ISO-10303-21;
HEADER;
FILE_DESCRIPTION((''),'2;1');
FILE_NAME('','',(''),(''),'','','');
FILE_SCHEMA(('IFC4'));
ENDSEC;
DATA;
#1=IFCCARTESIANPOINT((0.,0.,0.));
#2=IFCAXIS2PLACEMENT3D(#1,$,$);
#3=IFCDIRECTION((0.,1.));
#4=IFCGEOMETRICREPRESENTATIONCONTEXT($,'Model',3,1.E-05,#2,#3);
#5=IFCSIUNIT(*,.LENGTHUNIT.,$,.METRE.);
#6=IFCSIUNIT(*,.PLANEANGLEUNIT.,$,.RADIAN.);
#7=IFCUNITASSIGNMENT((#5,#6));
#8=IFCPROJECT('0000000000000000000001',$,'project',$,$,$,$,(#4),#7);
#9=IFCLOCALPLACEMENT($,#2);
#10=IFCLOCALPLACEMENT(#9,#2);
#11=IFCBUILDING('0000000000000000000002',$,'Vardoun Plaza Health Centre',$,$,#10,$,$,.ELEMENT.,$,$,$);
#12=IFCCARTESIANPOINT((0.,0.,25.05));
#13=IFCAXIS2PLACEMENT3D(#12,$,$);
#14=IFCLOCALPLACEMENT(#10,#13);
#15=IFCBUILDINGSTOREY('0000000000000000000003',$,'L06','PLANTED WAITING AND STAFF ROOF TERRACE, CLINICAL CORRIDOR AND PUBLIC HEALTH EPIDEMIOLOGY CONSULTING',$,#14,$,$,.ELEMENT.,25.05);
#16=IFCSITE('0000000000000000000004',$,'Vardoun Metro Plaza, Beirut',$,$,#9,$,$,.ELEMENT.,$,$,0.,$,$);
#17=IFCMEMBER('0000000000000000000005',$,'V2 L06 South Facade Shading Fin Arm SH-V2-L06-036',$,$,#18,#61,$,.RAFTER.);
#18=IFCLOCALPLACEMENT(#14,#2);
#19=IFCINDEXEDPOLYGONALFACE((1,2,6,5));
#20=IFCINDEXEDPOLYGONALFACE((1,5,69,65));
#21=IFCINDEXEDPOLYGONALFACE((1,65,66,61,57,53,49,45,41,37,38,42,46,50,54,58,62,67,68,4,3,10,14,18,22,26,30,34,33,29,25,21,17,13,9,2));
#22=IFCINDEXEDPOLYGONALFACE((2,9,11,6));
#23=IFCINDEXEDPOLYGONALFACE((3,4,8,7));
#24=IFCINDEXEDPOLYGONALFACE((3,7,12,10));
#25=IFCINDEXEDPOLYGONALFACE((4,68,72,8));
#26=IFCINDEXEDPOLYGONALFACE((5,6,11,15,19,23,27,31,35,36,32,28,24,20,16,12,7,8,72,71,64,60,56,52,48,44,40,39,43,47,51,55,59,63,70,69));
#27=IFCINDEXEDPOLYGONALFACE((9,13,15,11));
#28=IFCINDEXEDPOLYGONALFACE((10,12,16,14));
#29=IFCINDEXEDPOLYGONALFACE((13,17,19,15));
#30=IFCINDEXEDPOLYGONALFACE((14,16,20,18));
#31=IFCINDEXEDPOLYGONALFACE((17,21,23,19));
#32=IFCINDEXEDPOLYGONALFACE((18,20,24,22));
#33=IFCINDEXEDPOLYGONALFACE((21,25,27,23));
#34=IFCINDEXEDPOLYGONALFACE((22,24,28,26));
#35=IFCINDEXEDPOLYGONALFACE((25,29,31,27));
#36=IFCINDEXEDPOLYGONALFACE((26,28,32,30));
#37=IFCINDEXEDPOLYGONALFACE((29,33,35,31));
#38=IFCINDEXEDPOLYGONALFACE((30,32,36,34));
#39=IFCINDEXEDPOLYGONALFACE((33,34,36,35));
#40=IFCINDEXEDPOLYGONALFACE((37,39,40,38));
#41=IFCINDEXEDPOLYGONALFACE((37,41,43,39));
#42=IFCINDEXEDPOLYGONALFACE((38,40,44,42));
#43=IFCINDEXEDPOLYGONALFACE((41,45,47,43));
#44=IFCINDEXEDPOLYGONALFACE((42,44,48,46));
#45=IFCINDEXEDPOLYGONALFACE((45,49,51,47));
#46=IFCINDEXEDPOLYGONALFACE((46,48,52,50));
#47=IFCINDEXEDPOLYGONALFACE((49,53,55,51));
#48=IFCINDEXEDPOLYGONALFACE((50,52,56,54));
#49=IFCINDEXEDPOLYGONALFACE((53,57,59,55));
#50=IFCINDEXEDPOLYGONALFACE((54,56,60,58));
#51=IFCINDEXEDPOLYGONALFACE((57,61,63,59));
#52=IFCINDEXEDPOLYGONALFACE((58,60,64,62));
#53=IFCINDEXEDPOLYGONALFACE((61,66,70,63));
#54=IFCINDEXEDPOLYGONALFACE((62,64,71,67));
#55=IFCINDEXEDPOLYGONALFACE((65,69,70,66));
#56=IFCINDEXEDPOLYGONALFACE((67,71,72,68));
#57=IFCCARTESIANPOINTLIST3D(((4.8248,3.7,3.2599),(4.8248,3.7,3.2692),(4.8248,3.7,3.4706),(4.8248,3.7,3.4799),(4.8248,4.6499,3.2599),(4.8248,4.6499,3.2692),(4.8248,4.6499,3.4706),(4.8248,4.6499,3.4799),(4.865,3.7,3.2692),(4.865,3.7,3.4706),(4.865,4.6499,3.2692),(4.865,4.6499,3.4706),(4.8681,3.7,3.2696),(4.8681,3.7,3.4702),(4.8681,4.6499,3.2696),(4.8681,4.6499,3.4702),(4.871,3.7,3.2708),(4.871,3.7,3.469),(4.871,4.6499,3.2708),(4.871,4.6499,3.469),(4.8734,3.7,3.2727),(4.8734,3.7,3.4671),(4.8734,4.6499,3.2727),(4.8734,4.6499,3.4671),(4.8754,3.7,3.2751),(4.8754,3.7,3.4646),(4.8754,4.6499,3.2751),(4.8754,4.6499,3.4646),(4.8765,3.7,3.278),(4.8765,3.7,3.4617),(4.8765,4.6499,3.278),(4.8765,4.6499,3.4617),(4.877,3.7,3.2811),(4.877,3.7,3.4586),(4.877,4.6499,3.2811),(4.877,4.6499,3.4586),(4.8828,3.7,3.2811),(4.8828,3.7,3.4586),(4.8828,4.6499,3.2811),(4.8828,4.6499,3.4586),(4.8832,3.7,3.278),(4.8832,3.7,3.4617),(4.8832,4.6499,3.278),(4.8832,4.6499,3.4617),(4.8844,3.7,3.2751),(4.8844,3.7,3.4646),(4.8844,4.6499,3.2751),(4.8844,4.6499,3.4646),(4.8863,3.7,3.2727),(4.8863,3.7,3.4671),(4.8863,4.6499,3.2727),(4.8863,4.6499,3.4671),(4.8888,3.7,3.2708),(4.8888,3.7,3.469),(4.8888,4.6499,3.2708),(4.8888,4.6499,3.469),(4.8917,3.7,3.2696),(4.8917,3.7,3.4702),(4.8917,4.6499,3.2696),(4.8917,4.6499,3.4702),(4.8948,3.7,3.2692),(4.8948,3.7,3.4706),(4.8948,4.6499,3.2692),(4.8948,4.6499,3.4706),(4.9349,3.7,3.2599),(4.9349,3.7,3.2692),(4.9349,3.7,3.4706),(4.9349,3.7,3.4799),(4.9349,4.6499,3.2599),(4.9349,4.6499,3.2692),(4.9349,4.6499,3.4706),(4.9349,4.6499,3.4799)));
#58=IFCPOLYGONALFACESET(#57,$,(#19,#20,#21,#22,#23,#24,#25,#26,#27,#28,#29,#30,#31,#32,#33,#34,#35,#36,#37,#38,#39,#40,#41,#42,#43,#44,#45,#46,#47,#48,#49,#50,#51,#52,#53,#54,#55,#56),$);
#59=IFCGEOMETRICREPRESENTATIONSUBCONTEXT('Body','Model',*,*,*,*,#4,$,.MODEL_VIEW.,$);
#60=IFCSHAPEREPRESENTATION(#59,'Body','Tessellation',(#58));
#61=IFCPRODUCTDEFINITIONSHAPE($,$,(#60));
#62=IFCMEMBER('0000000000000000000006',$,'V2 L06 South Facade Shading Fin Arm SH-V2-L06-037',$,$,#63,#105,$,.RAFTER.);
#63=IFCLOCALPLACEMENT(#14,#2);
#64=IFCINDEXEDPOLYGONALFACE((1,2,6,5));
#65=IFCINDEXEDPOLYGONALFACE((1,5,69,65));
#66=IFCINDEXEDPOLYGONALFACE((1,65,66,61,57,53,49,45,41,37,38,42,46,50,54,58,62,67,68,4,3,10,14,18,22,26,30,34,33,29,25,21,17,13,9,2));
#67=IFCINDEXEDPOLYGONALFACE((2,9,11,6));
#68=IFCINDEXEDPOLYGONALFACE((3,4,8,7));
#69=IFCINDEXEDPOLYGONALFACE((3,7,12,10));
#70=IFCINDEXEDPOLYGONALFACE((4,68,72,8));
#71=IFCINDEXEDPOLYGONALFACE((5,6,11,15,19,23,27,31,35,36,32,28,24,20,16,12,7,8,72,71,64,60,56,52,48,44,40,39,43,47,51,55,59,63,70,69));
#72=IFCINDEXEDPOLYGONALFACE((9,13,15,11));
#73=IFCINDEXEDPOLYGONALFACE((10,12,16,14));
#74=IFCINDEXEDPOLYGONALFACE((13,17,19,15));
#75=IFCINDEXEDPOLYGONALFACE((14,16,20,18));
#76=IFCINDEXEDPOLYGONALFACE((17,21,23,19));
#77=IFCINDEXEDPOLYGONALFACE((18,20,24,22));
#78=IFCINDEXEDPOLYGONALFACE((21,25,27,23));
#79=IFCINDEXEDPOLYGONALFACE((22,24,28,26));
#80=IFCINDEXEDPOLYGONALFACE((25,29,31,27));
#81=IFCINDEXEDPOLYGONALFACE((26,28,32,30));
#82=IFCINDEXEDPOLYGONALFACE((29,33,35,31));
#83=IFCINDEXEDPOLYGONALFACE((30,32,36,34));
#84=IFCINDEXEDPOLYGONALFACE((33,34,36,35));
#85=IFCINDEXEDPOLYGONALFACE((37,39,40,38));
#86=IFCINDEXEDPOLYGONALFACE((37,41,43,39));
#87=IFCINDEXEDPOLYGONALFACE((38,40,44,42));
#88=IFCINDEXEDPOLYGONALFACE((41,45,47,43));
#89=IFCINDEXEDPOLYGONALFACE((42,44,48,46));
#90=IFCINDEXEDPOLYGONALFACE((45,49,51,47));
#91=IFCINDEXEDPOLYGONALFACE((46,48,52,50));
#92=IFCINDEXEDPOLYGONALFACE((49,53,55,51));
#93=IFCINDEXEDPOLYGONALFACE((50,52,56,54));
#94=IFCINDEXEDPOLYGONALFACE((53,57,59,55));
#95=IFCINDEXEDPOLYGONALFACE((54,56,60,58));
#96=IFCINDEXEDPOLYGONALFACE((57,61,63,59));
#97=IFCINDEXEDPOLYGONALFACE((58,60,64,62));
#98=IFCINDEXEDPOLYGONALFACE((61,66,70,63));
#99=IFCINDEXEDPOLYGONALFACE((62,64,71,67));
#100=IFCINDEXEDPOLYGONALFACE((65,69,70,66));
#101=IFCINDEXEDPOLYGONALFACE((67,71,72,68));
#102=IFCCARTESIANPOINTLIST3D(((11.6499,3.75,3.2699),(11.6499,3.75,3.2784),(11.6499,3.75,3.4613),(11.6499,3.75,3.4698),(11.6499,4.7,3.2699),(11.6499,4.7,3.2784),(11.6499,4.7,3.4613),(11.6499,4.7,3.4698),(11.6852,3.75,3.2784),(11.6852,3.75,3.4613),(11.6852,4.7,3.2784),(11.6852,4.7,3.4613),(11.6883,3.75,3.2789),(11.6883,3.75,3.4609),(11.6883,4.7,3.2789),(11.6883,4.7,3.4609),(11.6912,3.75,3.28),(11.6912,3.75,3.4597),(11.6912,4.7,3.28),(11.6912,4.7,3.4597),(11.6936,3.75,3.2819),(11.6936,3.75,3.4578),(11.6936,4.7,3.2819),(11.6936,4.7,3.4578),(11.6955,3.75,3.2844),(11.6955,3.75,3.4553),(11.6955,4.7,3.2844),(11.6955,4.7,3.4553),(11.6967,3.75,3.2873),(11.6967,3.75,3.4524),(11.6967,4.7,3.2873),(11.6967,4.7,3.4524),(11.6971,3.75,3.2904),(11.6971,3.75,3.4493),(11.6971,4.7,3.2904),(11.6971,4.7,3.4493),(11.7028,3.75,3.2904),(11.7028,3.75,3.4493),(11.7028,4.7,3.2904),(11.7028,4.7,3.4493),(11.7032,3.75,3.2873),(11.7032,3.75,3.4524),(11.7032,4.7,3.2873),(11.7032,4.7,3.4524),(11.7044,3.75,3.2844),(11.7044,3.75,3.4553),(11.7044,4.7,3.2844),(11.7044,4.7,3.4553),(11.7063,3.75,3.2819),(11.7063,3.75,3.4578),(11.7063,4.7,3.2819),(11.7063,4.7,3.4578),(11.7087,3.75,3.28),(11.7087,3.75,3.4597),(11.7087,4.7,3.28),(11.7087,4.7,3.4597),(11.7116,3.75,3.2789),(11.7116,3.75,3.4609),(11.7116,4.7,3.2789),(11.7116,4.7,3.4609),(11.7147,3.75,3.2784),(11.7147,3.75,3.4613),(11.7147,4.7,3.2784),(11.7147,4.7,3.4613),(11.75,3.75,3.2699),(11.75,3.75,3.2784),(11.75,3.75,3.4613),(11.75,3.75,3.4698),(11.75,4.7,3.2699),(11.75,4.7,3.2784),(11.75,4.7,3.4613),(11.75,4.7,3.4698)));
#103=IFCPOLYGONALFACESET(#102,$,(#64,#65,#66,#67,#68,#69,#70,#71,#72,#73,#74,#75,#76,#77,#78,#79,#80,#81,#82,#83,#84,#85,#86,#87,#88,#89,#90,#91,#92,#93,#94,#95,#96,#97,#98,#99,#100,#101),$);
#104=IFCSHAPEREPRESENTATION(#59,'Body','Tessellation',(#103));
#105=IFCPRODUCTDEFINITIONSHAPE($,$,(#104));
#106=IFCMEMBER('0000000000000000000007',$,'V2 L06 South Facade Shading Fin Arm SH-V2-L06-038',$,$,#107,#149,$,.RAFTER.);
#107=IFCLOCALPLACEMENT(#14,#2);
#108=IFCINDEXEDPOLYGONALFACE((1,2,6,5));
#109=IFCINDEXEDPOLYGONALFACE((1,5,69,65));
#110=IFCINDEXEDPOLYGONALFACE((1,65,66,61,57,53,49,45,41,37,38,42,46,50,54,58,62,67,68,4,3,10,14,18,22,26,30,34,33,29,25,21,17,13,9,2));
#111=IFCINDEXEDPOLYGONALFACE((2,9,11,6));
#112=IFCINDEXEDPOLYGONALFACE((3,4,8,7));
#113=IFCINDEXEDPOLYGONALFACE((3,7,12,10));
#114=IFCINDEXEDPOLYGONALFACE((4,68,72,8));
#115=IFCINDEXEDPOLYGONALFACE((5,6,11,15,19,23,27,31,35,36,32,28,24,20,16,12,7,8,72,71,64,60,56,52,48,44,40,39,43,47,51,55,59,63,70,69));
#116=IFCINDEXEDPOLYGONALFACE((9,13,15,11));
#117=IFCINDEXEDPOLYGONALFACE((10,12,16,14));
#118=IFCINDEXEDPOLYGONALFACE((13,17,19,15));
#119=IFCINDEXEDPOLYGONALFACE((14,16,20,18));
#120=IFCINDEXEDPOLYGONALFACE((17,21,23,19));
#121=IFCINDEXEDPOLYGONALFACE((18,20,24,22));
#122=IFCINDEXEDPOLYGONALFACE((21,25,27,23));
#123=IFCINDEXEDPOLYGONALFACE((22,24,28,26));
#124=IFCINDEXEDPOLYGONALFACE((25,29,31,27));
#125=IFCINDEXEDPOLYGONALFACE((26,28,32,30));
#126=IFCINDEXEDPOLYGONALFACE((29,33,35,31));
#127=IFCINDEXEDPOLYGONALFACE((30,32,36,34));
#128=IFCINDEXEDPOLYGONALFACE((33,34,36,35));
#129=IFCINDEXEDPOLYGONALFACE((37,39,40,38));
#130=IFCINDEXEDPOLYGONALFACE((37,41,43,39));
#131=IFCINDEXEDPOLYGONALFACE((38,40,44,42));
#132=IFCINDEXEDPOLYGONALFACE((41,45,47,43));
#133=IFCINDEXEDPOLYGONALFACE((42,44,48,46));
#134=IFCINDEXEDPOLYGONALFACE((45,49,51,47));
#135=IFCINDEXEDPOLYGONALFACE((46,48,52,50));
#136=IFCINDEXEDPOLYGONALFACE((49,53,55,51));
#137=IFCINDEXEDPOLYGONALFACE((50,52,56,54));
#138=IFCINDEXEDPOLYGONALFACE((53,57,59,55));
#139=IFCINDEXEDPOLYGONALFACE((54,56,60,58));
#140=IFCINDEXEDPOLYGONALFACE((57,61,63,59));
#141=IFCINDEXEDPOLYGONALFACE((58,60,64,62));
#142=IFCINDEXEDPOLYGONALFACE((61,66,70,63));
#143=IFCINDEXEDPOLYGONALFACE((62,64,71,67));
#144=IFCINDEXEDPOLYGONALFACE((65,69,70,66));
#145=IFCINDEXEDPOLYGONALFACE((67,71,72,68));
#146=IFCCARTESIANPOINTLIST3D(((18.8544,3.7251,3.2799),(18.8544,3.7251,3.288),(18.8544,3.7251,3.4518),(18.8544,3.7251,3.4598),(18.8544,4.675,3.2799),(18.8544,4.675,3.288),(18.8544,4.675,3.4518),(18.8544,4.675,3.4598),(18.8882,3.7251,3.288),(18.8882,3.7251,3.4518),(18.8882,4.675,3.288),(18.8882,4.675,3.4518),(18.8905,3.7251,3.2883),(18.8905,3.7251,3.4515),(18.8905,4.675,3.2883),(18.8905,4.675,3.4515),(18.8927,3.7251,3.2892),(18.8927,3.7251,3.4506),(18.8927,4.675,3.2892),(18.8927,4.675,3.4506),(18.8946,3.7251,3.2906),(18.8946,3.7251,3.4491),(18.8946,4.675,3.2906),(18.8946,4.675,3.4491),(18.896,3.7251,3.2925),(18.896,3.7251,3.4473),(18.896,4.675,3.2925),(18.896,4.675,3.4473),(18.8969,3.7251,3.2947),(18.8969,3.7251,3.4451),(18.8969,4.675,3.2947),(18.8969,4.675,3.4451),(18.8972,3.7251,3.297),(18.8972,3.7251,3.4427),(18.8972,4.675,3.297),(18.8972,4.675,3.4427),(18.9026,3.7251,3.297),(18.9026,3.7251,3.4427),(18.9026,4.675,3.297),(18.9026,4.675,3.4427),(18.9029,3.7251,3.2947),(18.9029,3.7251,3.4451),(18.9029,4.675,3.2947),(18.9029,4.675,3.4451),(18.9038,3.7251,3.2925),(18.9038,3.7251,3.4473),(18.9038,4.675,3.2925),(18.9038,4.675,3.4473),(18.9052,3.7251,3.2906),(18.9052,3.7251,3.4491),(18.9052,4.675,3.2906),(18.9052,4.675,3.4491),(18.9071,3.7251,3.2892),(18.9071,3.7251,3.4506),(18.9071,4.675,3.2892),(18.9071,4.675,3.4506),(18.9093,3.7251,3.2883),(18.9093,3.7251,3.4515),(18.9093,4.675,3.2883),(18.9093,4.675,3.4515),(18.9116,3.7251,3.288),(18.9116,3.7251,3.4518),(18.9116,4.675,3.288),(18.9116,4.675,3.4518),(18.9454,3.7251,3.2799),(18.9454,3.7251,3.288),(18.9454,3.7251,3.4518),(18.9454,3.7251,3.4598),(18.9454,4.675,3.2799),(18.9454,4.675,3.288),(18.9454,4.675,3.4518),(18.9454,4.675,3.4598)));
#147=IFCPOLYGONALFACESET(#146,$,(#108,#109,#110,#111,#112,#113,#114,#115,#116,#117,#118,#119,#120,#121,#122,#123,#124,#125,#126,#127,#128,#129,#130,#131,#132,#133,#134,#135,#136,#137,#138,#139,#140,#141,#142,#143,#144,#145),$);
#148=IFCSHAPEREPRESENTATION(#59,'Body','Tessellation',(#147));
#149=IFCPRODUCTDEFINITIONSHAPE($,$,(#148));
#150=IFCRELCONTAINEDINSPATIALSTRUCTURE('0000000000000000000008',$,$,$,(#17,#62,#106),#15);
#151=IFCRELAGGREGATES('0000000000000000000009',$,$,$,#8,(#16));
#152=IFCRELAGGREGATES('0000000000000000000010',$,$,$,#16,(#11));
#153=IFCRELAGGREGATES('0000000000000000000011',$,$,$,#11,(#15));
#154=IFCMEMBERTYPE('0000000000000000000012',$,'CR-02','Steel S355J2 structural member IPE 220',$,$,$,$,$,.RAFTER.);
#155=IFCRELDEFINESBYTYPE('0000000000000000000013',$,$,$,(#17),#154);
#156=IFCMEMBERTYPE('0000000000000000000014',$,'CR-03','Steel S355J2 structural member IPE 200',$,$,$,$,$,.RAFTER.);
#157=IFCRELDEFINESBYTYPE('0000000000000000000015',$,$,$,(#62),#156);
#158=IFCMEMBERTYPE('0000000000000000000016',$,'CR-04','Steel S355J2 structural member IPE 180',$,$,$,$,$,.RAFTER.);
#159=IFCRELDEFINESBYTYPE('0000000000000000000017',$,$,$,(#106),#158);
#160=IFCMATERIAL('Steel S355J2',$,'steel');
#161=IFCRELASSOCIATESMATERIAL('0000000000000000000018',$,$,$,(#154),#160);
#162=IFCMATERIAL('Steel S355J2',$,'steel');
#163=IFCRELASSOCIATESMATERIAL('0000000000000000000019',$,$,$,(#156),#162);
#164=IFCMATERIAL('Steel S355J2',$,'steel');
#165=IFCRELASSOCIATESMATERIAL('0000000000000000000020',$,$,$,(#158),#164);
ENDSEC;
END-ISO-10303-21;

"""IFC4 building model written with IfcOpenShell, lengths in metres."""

from ifc_helpers import new_model, si_unit, direction, frame, origin, origin_2d, place, context, subcontext, project, spatial, i_section, extrude, material, material_profile, profile_set, type_object, element, save


model = new_model("IFC4")

# Units and contexts
model_context = context("Model", 3, precision=1e-05, world=origin(), true_north=direction((0.0, 1.0)))
body_context = subcontext(model_context, "Body", "Model", "MODEL_VIEW")
ifc_project = project(units=[si_unit("LENGTHUNIT", "METRE"), si_unit("PLANEANGLEUNIT", "RADIAN")], contexts=[model_context])

# Site, building, storey
site_placement = place(None, origin())
site = spatial("IfcSite", under=ifc_project, at=site_placement, Name="Vardoun Metro Plaza, Beirut", CompositionType="ELEMENT", RefElevation=0.0)
building_placement = place(site_placement, origin())
building = spatial("IfcBuilding", under=site, at=building_placement, Name="Vardoun Plaza Health Centre", CompositionType="ELEMENT")
storey_placement = place(building_placement, frame((0.0, 0.0, 25.05)))
storey = spatial("IfcBuildingStorey", under=building, at=storey_placement, Name="L06", Description="PLANTED WAITING AND STAFF ROOF TERRACE, CLINICAL CORRIDOR AND PUBLIC HEALTH EPIDEMIOLOGY CONSULTING", CompositionType="ELEMENT", Elevation=25.05)

# Members
ifc_material_1 = material(Name="Steel S355J2", Category="steel")
ifc_material_profile_1 = material_profile(ifc_material_1, i_section(OverallWidth=0.1101, OverallDepth=0.22, WebThickness=0.0059, FlangeThickness=0.0093, FilletRadius=0.012, at=origin_2d()), Name="IPE 220")
ifc_profile_set_1 = profile_set([ifc_material_profile_1], Name="Steel S355J2")
member_type_1 = type_object("IfcMemberType", Name="CR-02", Description="Steel S355J2 structural member IPE 220", PredefinedType="RAFTER", material=ifc_profile_set_1)
member_1_placement = place(storey_placement, frame((4.8799, 4.6499, 3.3699), z_axis=(0.0, -1.0, 0.0), x_axis=(1.0, 0.0, 0.0)))
element("IfcMember", 1, at=member_1_placement, inside=storey, type_object=member_type_1, Name="V2 L06 South Facade Shading Fin Arm SH-V2-L06-036", PredefinedType="RAFTER", context=body_context, shape_type="SweptSolid", body=[
    extrude(i_section(OverallWidth=0.1101, OverallDepth=0.22, WebThickness=0.0059, FlangeThickness=0.0093, FilletRadius=0.012, at=origin_2d()), origin(), (0.0, 0.0, 1.0), 0.95),
])
ifc_material_2 = material(Name="Steel S355J2", Category="steel")
ifc_material_profile_2 = material_profile(ifc_material_2, i_section(OverallWidth=0.1001, OverallDepth=0.2, WebThickness=0.0056, FlangeThickness=0.0085, FilletRadius=0.012, at=origin_2d()), Name="IPE 200")
ifc_profile_set_2 = profile_set([ifc_material_profile_2], Name="Steel S355J2")
member_type_2 = type_object("IfcMemberType", Name="CR-03", Description="Steel S355J2 structural member IPE 200", PredefinedType="RAFTER", material=ifc_profile_set_2)
member_2_placement = place(storey_placement, frame((11.7, 4.7, 3.3699), z_axis=(0.0, -1.0, 0.0), x_axis=(1.0, 0.0, 0.0)))
element("IfcMember", 2, at=member_2_placement, inside=storey, type_object=member_type_2, Name="V2 L06 South Facade Shading Fin Arm SH-V2-L06-037", PredefinedType="RAFTER", context=body_context, shape_type="SweptSolid", body=[
    extrude(i_section(OverallWidth=0.1001, OverallDepth=0.2, WebThickness=0.0056, FlangeThickness=0.0085, FilletRadius=0.012, at=origin_2d()), origin(), (0.0, 0.0, 1.0), 0.95),
])
ifc_material_3 = material(Name="Steel S355J2", Category="steel")
ifc_material_profile_3 = material_profile(ifc_material_3, i_section(OverallWidth=0.0911, OverallDepth=0.1799, WebThickness=0.0054, FlangeThickness=0.0081, FilletRadius=0.009, at=origin_2d()), Name="IPE 180")
ifc_profile_set_3 = profile_set([ifc_material_profile_3], Name="Steel S355J2")
member_type_3 = type_object("IfcMemberType", Name="CR-04", Description="Steel S355J2 structural member IPE 180", PredefinedType="RAFTER", material=ifc_profile_set_3)
member_3_placement = place(storey_placement, frame((18.8999, 4.675, 3.3699), z_axis=(0.0, -1.0, 0.0), x_axis=(1.0, 0.0, 0.0)))
element("IfcMember", 3, at=member_3_placement, inside=storey, type_object=member_type_3, Name="V2 L06 South Facade Shading Fin Arm SH-V2-L06-038", PredefinedType="RAFTER", context=body_context, shape_type="SweptSolid", body=[
    extrude(i_section(OverallWidth=0.0911, OverallDepth=0.1799, WebThickness=0.0054, FlangeThickness=0.0081, FilletRadius=0.009, at=origin_2d()), origin(), (0.0, 0.0, 1.0), 0.95),
])

save(model, "model.ifc")
